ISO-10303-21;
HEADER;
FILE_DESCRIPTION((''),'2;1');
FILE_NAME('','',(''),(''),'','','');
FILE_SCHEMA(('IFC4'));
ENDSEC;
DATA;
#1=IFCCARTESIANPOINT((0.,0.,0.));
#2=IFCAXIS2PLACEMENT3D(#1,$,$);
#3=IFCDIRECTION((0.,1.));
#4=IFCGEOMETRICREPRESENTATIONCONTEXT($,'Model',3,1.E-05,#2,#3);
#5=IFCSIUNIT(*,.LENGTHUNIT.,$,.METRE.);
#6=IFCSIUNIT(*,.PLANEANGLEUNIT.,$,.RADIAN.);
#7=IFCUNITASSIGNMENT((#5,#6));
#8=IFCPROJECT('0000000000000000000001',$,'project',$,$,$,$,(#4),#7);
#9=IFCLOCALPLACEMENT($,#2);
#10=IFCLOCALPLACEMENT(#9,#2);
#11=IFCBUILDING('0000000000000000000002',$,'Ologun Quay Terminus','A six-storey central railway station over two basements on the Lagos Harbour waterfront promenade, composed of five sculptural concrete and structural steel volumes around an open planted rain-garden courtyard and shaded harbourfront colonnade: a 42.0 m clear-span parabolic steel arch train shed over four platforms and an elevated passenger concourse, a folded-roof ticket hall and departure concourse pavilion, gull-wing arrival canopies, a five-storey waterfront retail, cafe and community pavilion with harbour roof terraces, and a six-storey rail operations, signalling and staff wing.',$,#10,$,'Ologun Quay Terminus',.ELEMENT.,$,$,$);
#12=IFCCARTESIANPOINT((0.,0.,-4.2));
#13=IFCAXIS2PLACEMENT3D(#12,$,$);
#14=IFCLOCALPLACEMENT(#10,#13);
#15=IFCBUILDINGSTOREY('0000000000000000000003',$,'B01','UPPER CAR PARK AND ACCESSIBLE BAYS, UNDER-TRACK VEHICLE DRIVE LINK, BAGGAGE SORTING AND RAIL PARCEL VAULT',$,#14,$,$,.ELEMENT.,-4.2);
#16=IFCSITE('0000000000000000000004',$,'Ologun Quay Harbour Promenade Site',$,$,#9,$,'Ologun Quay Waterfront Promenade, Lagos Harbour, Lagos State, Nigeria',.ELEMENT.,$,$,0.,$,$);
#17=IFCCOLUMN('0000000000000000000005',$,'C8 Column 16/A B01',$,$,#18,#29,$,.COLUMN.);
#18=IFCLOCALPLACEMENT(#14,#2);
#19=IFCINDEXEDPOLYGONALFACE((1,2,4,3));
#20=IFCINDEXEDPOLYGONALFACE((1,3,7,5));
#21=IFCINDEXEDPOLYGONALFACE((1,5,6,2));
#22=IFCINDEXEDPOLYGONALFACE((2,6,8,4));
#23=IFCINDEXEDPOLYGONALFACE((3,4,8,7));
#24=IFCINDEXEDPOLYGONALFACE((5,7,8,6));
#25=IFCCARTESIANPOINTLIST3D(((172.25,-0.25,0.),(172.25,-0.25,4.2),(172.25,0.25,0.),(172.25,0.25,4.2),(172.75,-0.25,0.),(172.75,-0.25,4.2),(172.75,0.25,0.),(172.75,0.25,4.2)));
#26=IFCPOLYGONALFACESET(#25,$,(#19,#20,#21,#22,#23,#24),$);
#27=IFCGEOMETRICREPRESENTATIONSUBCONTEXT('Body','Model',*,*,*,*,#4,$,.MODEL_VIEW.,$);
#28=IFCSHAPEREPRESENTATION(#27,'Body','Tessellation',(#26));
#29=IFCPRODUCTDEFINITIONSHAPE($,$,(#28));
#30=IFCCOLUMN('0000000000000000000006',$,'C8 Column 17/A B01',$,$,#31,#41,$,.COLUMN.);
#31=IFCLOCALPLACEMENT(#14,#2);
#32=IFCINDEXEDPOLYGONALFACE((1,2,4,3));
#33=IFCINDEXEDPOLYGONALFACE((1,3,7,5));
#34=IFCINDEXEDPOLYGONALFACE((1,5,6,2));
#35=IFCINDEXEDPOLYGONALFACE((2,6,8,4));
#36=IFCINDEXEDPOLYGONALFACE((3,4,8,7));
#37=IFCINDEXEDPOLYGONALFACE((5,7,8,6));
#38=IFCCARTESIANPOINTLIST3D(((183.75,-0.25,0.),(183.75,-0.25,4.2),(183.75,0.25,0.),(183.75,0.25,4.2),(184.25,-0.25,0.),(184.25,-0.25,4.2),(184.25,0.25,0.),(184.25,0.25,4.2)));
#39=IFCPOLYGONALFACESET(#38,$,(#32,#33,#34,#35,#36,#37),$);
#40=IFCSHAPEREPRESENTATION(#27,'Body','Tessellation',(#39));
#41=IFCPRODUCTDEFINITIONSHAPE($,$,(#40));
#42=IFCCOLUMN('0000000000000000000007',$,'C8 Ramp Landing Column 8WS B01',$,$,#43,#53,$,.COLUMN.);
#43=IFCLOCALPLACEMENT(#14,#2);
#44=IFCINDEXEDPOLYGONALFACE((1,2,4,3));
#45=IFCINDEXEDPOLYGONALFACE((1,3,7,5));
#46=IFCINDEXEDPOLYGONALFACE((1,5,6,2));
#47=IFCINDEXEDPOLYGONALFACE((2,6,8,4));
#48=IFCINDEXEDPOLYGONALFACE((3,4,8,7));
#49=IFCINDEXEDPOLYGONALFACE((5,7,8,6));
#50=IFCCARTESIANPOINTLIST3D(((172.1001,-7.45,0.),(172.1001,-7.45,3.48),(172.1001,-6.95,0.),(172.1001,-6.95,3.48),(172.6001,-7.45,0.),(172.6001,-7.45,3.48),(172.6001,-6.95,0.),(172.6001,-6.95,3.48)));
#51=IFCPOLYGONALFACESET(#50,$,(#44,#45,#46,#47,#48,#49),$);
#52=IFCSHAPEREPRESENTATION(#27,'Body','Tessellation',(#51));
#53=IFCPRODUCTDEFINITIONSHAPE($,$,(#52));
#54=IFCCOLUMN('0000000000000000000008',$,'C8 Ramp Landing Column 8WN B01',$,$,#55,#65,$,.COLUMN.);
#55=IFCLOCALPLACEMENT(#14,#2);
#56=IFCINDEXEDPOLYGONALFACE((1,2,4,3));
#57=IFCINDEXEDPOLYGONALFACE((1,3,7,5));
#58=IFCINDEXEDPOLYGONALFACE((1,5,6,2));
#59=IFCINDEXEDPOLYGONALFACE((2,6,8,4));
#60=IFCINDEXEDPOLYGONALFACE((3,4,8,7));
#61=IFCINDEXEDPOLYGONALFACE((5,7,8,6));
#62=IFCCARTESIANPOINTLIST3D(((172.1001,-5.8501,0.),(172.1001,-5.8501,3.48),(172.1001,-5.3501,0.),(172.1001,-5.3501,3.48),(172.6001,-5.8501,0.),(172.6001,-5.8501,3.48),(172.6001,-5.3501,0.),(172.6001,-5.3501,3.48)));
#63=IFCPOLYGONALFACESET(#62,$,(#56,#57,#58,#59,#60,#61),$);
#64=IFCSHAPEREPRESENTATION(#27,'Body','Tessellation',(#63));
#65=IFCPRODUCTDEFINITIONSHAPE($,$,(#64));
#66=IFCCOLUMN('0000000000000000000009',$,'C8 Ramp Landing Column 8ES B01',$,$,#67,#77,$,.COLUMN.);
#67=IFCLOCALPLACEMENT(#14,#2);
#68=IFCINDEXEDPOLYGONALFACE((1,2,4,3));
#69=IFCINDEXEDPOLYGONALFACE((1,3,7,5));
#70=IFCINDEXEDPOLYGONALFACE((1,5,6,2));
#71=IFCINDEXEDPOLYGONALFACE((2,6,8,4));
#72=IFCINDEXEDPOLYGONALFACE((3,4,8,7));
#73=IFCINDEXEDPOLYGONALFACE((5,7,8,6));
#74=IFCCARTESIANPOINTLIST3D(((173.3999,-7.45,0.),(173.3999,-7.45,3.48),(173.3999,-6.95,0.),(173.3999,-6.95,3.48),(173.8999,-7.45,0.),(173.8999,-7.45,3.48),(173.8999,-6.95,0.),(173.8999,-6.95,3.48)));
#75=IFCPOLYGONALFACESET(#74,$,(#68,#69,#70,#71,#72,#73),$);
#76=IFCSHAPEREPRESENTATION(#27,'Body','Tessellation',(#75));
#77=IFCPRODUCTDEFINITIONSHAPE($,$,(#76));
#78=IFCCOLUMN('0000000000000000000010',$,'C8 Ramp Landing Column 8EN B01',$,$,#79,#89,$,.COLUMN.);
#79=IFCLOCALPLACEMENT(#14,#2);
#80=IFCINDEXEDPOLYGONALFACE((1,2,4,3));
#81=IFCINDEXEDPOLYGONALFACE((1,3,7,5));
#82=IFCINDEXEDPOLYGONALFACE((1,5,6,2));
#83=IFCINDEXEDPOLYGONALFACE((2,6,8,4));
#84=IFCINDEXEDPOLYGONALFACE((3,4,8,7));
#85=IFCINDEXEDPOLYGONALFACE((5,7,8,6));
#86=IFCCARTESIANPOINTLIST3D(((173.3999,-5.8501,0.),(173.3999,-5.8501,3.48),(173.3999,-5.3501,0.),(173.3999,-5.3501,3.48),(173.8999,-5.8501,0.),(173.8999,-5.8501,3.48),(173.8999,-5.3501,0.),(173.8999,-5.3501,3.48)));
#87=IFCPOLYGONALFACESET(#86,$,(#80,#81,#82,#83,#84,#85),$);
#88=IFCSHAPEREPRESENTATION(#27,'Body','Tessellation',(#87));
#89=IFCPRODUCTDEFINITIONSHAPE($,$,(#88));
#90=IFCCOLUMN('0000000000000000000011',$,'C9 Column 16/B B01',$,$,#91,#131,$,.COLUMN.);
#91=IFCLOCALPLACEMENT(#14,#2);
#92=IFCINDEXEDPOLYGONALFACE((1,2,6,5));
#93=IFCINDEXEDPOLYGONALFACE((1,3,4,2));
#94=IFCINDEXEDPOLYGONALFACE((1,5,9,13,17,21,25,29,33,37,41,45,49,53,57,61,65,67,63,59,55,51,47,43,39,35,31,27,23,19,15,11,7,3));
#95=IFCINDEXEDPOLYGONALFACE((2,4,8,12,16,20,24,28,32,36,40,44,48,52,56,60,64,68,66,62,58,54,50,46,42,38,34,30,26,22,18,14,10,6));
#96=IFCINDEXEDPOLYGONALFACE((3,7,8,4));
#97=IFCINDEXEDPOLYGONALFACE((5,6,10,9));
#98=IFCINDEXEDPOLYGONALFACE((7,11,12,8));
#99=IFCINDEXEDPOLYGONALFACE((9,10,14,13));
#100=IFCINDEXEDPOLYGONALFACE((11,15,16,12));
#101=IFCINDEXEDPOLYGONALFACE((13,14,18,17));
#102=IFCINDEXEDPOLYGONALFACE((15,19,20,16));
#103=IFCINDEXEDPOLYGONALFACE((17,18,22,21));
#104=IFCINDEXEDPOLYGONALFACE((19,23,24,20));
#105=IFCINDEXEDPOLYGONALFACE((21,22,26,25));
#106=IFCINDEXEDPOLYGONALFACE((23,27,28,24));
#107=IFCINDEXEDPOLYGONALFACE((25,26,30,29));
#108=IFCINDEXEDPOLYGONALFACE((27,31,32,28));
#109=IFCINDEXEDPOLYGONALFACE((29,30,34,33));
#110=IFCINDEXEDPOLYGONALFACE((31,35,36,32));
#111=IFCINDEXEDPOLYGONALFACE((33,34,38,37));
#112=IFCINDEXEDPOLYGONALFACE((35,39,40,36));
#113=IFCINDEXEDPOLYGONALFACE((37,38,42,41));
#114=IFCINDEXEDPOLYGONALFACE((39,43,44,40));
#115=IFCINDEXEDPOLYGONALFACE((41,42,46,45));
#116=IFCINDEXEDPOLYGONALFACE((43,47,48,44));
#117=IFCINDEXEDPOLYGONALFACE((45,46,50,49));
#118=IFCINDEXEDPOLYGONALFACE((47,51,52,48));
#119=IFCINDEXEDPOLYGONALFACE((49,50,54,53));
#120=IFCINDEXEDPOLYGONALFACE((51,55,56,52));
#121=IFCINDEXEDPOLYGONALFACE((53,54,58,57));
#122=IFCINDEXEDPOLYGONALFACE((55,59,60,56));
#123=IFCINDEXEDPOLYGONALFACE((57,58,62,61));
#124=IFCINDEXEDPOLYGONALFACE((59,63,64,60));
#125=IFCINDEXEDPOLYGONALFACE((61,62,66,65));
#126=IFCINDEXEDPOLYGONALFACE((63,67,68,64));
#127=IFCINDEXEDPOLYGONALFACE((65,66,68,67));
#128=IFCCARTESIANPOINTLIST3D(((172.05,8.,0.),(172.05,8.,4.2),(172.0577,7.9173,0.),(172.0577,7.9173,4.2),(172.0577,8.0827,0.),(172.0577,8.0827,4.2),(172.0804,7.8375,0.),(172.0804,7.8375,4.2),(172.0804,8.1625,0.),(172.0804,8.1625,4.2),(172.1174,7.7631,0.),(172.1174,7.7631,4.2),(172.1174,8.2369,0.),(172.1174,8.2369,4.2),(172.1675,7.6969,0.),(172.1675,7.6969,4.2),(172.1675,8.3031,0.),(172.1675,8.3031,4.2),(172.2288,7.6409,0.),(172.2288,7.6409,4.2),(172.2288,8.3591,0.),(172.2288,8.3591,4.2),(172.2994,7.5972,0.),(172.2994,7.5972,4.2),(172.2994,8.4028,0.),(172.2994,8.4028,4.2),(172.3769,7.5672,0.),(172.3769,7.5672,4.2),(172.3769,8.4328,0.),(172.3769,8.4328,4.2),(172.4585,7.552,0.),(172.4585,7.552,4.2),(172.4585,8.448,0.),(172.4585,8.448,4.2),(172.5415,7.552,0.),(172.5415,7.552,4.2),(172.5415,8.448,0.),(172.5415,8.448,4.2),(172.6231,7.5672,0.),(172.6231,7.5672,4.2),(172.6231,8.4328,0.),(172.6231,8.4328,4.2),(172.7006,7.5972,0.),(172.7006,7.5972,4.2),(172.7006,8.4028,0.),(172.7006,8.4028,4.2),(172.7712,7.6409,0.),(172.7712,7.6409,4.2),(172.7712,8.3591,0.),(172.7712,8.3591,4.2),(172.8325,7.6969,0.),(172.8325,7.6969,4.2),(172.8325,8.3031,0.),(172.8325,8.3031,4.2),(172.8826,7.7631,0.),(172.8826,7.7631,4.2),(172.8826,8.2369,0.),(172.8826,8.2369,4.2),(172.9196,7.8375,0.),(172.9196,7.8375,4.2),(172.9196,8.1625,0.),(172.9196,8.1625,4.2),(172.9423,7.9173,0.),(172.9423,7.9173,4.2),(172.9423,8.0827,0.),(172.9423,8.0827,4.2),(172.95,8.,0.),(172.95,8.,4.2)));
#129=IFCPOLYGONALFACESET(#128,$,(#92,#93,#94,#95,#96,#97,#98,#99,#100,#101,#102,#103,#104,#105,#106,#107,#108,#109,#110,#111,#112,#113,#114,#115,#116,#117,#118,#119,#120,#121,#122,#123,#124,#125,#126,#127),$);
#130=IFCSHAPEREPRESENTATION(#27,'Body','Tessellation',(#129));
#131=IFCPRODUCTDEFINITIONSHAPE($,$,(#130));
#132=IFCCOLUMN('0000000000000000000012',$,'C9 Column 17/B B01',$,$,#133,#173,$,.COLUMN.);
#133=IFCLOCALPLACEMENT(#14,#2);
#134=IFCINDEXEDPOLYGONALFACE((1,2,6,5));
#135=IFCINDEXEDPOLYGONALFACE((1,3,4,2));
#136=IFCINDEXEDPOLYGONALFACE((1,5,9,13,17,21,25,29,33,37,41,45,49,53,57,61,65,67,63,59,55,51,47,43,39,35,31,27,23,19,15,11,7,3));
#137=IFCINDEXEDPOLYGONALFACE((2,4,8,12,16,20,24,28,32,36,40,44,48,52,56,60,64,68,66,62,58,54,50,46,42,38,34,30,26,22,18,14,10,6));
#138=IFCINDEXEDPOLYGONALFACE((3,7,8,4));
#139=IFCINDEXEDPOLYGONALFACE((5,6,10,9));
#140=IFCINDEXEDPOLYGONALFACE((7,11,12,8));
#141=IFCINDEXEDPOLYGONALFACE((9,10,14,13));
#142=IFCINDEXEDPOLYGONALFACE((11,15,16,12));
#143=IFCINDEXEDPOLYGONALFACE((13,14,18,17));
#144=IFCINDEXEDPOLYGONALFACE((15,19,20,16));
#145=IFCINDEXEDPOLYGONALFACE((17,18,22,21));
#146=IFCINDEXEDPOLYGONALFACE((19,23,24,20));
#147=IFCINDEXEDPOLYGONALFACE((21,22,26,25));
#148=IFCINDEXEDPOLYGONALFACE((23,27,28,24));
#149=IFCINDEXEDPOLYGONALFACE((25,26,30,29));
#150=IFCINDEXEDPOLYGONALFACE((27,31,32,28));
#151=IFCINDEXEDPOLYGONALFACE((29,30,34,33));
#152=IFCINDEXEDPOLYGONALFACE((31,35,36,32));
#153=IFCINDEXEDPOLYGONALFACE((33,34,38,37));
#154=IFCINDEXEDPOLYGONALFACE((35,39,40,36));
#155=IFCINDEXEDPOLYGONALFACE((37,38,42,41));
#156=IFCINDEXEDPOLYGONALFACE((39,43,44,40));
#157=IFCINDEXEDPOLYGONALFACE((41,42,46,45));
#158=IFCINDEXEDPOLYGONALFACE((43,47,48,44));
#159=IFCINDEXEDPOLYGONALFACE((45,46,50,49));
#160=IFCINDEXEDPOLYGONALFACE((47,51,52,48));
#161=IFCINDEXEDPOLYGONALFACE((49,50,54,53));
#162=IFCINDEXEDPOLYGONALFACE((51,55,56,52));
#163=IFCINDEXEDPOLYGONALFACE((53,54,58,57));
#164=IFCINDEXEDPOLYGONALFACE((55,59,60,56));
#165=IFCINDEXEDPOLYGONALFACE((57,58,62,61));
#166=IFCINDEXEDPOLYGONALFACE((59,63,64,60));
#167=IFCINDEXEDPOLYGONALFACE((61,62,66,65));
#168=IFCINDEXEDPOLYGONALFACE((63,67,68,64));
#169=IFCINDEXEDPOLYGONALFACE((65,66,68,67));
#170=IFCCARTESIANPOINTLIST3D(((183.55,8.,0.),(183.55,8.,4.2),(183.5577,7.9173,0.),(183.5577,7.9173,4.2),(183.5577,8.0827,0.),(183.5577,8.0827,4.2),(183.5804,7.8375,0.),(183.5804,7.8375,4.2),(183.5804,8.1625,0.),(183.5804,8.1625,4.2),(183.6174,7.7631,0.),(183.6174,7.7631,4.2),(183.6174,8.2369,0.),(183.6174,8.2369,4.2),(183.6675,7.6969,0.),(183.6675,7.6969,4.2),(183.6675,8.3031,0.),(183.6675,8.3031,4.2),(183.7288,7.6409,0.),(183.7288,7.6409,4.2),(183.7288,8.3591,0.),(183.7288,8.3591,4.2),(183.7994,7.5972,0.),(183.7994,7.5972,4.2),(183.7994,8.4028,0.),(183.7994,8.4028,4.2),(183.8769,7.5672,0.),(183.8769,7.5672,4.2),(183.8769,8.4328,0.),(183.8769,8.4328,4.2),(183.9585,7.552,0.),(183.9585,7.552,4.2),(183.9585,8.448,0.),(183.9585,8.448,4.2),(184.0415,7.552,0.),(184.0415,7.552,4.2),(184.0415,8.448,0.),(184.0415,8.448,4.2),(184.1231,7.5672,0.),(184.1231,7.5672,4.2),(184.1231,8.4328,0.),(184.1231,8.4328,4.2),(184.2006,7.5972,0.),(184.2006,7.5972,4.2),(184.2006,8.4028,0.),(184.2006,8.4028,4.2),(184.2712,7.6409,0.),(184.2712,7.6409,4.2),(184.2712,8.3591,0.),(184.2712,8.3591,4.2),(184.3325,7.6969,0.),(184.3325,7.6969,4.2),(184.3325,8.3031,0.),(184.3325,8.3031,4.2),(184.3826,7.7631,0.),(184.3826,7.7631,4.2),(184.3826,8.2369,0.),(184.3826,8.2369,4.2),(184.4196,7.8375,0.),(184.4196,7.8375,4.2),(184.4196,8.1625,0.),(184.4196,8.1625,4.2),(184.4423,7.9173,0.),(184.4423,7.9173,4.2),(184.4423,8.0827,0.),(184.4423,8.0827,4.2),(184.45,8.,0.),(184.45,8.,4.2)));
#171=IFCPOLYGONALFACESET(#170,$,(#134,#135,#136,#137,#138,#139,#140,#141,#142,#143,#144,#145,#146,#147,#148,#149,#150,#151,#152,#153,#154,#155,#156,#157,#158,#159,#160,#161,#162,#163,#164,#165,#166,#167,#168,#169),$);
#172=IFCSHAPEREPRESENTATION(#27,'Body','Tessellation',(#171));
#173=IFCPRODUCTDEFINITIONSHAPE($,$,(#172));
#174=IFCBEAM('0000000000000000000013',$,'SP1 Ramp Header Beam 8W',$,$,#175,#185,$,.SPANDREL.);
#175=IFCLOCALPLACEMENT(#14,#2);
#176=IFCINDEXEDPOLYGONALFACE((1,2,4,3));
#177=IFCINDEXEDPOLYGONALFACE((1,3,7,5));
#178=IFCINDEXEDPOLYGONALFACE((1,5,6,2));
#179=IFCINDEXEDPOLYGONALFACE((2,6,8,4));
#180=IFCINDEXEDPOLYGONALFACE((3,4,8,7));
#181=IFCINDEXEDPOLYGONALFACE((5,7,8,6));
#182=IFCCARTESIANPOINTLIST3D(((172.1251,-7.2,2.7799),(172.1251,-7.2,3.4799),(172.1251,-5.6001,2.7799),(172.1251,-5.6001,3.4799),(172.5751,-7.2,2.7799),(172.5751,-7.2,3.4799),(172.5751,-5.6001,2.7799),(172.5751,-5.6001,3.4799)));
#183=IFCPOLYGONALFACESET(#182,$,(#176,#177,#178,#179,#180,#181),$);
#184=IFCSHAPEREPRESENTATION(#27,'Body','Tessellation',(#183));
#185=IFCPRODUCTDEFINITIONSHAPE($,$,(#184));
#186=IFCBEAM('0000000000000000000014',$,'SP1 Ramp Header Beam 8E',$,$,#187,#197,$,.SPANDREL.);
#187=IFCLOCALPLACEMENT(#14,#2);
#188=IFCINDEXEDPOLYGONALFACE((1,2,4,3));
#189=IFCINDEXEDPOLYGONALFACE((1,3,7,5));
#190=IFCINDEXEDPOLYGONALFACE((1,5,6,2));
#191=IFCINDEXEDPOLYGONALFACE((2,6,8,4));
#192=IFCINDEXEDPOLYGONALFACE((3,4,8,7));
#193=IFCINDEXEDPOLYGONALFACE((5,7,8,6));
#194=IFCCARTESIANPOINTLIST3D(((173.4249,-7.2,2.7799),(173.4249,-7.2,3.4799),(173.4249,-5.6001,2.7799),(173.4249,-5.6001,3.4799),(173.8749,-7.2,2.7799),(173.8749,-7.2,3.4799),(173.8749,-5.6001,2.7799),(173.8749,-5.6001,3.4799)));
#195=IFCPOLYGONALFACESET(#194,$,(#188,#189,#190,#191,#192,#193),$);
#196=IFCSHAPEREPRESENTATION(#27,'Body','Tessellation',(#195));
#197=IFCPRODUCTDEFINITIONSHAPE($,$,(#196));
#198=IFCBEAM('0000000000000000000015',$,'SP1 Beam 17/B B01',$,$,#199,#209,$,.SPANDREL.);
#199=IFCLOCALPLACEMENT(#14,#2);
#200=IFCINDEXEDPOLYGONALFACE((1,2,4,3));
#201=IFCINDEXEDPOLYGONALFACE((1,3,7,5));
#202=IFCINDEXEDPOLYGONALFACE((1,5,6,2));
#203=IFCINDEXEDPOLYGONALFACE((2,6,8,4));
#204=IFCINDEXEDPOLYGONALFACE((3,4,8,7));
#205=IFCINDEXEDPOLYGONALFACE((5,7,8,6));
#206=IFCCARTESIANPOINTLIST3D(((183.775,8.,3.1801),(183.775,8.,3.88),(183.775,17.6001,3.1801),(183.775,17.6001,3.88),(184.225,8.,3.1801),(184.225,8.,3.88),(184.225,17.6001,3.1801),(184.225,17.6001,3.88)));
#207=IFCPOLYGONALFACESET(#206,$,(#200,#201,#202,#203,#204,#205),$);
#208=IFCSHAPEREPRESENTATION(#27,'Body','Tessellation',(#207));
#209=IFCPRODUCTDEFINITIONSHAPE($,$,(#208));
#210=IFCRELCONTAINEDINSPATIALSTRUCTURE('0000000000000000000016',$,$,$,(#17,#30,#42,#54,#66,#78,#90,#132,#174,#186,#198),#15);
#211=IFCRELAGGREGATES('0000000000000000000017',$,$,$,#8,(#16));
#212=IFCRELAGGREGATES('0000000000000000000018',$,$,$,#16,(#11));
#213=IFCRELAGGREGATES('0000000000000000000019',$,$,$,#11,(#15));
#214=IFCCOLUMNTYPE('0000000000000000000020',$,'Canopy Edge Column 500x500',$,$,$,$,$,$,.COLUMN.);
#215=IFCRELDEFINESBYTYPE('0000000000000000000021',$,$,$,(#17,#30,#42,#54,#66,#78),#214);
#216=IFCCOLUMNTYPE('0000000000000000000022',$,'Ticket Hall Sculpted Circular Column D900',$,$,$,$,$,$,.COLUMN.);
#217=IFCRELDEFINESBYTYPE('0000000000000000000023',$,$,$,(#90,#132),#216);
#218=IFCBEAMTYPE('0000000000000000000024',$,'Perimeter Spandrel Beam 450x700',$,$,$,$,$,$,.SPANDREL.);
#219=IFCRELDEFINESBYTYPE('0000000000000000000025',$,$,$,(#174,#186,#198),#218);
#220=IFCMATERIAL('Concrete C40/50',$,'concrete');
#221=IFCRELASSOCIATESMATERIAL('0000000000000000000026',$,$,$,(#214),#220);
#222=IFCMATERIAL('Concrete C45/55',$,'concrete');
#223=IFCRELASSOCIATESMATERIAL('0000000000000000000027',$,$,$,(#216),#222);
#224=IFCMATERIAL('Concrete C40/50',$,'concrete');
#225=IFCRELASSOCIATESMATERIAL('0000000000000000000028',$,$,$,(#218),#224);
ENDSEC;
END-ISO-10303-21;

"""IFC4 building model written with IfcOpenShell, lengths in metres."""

from ifc_helpers import new_model, si_unit, direction, frame, origin, origin_2d, place, context, subcontext, project, spatial, rectangle, circle, extrude, material, material_profile, profile_set, type_object, element, save


model = new_model("IFC4")

# Units and contexts
model_context = context("Model", 3, precision=1e-05, world=origin(), true_north=direction((0.0, 1.0)))
body_context = subcontext(model_context, "Body", "Model", "MODEL_VIEW")
ifc_project = project(units=[si_unit("LENGTHUNIT", "METRE"), si_unit("PLANEANGLEUNIT", "RADIAN")], contexts=[model_context])

# Site, building, storey
site_placement = place(None, origin())
site = spatial("IfcSite", under=ifc_project, at=site_placement, Name="Ologun Quay Harbour Promenade Site", LongName="Ologun Quay Waterfront Promenade, Lagos Harbour, Lagos State, Nigeria", CompositionType="ELEMENT", RefElevation=0.0)
building_placement = place(site_placement, origin())
building = spatial("IfcBuilding", under=site, at=building_placement, Name="Ologun Quay Terminus", Description="A six-storey central railway station over two basements on the Lagos Harbour waterfront promenade, composed of five sculptural concrete and structural steel volumes around an open planted rain-garden courtyard and shaded harbourfront colonnade: a 42.0 m clear-span parabolic steel arch train shed over four platforms and an elevated passenger concourse, a folded-roof ticket hall and departure concourse pavilion, gull-wing arrival canopies, a five-storey waterfront retail, cafe and community pavilion with harbour roof terraces, and a six-storey rail operations, signalling and staff wing.", LongName="Ologun Quay Terminus", CompositionType="ELEMENT")
storey_placement = place(building_placement, frame((0.0, 0.0, -4.2)))
storey = spatial("IfcBuildingStorey", under=building, at=storey_placement, Name="B01", Description="UPPER CAR PARK AND ACCESSIBLE BAYS, UNDER-TRACK VEHICLE DRIVE LINK, BAGGAGE SORTING AND RAIL PARCEL VAULT", CompositionType="ELEMENT", Elevation=-4.2)

# Columns
ifc_material_1 = material(Name="Concrete C40/50", Category="concrete")
ifc_material_profile_1 = material_profile(ifc_material_1, rectangle(XDim=0.5, YDim=0.5, at=origin_2d()), Name="RC 500x500")
ifc_profile_set_1 = profile_set([ifc_material_profile_1], Name="Concrete C40/50")
column_type_1 = type_object("IfcColumnType", Name="Canopy Edge Column 500x500", PredefinedType="COLUMN", material=ifc_profile_set_1)
for number, where, z_axis, x_axis, name in (
    (1, (172.5, 0.0, 0.0), (0.0, 0.0, 1.0), (1.0, 0.0, 0.0), "C8 Column 16/A B01"),
    (2, (184.0, 0.0, 0.0), (0.0, 0.0, 1.0), (1.0, 0.0, 0.0), "C8 Column 17/A B01"),
):
    element("IfcColumn", number, at=place(storey_placement, frame(where, z_axis=z_axis, x_axis=x_axis)), inside=storey, type_object=column_type_1, Name=name, PredefinedType="COLUMN", context=body_context, shape_type="SweptSolid", body=[
        extrude(rectangle(XDim=0.5, YDim=0.5, at=origin_2d()), origin(), (0.0, 0.0, 1.0), 4.2),
    ])
for number, where, z_axis, x_axis, name in (
    (3, (172.3501, -7.2, 0.0), (0.0, 0.0, 1.0), (1.0, 0.0, 0.0), "C8 Ramp Landing Column 8WS B01"),
    (4, (172.3501, -5.6001, 0.0), (0.0, 0.0, 1.0), (1.0, 0.0, 0.0), "C8 Ramp Landing Column 8WN B01"),
    (5, (173.6499, -7.2, 0.0), (0.0, 0.0, 1.0), (1.0, 0.0, 0.0), "C8 Ramp Landing Column 8ES B01"),
    (6, (173.6499, -5.6001, 0.0), (0.0, 0.0, 1.0), (1.0, 0.0, 0.0), "C8 Ramp Landing Column 8EN B01"),
):
    element("IfcColumn", number, at=place(storey_placement, frame(where, z_axis=z_axis, x_axis=x_axis)), inside=storey, type_object=column_type_1, Name=name, PredefinedType="COLUMN", context=body_context, shape_type="SweptSolid", body=[
        extrude(rectangle(XDim=0.5, YDim=0.5, at=origin_2d()), origin(), (0.0, 0.0, 1.0), 3.48),
    ])
ifc_material_2 = material(Name="Concrete C45/55", Category="concrete")
ifc_material_profile_2 = material_profile(ifc_material_2, circle(Radius=0.45, at=origin_2d()), Name="RC D900")
ifc_profile_set_2 = profile_set([ifc_material_profile_2], Name="Concrete C45/55")
column_type_2 = type_object("IfcColumnType", Name="Ticket Hall Sculpted Circular Column D900", PredefinedType="COLUMN", material=ifc_profile_set_2)
for number, where, z_axis, x_axis, name in (
    (7, (172.5, 8.0, 0.0), (0.0, 0.0, 1.0), (1.0, 0.0, 0.0), "C9 Column 16/B B01"),
    (8, (184.0, 8.0, 0.0), (0.0, 0.0, 1.0), (1.0, 0.0, 0.0), "C9 Column 17/B B01"),
):
    element("IfcColumn", number, at=place(storey_placement, frame(where, z_axis=z_axis, x_axis=x_axis)), inside=storey, type_object=column_type_2, Name=name, PredefinedType="COLUMN", context=body_context, shape_type="SweptSolid", body=[
        extrude(circle(Radius=0.45, at=origin_2d()), origin(), (0.0, 0.0, 1.0), 4.2),
    ])

# Beams
ifc_material_3 = material(Name="Concrete C40/50", Category="concrete")
ifc_material_profile_3 = material_profile(ifc_material_3, rectangle(XDim=0.45, YDim=0.7, at=origin_2d()), Name="RC 450x700")
ifc_profile_set_3 = profile_set([ifc_material_profile_3], Name="Concrete C40/50")
beam_type_1 = type_object("IfcBeamType", Name="Perimeter Spandrel Beam 450x700", PredefinedType="SPANDREL", material=ifc_profile_set_3)
for number, where, z_axis, x_axis, name in (
    (9, (172.3501, -7.2, 3.1299), (0.0, 1.0, 0.0), (-1.0, 0.0, 0.0), "SP1 Ramp Header Beam 8W"),
    (10, (173.6499, -7.2, 3.1299), (0.0, 1.0, 0.0), (-1.0, 0.0, 0.0), "SP1 Ramp Header Beam 8E"),
):
    element("IfcBeam", number, at=place(storey_placement, frame(where, z_axis=z_axis, x_axis=x_axis)), inside=storey, type_object=beam_type_1, Name=name, PredefinedType="SPANDREL", context=body_context, shape_type="SweptSolid", body=[
        extrude(rectangle(XDim=0.45, YDim=0.7, at=origin_2d()), origin(), (0.0, 0.0, 1.0), 1.5999),
    ])
beam_1_placement = place(storey_placement, frame((184.0, 8.0, 3.53), z_axis=(0.0, 1.0, 0.0), x_axis=(-1.0, 0.0, 0.0)))
element("IfcBeam", 11, at=beam_1_placement, inside=storey, type_object=beam_type_1, Name="SP1 Beam 17/B B01", PredefinedType="SPANDREL", context=body_context, shape_type="SweptSolid", body=[
    extrude(rectangle(XDim=0.45, YDim=0.7, at=origin_2d()), origin(), (0.0, 0.0, 1.0), 9.6001),
])

save(model, "model.ifc")
